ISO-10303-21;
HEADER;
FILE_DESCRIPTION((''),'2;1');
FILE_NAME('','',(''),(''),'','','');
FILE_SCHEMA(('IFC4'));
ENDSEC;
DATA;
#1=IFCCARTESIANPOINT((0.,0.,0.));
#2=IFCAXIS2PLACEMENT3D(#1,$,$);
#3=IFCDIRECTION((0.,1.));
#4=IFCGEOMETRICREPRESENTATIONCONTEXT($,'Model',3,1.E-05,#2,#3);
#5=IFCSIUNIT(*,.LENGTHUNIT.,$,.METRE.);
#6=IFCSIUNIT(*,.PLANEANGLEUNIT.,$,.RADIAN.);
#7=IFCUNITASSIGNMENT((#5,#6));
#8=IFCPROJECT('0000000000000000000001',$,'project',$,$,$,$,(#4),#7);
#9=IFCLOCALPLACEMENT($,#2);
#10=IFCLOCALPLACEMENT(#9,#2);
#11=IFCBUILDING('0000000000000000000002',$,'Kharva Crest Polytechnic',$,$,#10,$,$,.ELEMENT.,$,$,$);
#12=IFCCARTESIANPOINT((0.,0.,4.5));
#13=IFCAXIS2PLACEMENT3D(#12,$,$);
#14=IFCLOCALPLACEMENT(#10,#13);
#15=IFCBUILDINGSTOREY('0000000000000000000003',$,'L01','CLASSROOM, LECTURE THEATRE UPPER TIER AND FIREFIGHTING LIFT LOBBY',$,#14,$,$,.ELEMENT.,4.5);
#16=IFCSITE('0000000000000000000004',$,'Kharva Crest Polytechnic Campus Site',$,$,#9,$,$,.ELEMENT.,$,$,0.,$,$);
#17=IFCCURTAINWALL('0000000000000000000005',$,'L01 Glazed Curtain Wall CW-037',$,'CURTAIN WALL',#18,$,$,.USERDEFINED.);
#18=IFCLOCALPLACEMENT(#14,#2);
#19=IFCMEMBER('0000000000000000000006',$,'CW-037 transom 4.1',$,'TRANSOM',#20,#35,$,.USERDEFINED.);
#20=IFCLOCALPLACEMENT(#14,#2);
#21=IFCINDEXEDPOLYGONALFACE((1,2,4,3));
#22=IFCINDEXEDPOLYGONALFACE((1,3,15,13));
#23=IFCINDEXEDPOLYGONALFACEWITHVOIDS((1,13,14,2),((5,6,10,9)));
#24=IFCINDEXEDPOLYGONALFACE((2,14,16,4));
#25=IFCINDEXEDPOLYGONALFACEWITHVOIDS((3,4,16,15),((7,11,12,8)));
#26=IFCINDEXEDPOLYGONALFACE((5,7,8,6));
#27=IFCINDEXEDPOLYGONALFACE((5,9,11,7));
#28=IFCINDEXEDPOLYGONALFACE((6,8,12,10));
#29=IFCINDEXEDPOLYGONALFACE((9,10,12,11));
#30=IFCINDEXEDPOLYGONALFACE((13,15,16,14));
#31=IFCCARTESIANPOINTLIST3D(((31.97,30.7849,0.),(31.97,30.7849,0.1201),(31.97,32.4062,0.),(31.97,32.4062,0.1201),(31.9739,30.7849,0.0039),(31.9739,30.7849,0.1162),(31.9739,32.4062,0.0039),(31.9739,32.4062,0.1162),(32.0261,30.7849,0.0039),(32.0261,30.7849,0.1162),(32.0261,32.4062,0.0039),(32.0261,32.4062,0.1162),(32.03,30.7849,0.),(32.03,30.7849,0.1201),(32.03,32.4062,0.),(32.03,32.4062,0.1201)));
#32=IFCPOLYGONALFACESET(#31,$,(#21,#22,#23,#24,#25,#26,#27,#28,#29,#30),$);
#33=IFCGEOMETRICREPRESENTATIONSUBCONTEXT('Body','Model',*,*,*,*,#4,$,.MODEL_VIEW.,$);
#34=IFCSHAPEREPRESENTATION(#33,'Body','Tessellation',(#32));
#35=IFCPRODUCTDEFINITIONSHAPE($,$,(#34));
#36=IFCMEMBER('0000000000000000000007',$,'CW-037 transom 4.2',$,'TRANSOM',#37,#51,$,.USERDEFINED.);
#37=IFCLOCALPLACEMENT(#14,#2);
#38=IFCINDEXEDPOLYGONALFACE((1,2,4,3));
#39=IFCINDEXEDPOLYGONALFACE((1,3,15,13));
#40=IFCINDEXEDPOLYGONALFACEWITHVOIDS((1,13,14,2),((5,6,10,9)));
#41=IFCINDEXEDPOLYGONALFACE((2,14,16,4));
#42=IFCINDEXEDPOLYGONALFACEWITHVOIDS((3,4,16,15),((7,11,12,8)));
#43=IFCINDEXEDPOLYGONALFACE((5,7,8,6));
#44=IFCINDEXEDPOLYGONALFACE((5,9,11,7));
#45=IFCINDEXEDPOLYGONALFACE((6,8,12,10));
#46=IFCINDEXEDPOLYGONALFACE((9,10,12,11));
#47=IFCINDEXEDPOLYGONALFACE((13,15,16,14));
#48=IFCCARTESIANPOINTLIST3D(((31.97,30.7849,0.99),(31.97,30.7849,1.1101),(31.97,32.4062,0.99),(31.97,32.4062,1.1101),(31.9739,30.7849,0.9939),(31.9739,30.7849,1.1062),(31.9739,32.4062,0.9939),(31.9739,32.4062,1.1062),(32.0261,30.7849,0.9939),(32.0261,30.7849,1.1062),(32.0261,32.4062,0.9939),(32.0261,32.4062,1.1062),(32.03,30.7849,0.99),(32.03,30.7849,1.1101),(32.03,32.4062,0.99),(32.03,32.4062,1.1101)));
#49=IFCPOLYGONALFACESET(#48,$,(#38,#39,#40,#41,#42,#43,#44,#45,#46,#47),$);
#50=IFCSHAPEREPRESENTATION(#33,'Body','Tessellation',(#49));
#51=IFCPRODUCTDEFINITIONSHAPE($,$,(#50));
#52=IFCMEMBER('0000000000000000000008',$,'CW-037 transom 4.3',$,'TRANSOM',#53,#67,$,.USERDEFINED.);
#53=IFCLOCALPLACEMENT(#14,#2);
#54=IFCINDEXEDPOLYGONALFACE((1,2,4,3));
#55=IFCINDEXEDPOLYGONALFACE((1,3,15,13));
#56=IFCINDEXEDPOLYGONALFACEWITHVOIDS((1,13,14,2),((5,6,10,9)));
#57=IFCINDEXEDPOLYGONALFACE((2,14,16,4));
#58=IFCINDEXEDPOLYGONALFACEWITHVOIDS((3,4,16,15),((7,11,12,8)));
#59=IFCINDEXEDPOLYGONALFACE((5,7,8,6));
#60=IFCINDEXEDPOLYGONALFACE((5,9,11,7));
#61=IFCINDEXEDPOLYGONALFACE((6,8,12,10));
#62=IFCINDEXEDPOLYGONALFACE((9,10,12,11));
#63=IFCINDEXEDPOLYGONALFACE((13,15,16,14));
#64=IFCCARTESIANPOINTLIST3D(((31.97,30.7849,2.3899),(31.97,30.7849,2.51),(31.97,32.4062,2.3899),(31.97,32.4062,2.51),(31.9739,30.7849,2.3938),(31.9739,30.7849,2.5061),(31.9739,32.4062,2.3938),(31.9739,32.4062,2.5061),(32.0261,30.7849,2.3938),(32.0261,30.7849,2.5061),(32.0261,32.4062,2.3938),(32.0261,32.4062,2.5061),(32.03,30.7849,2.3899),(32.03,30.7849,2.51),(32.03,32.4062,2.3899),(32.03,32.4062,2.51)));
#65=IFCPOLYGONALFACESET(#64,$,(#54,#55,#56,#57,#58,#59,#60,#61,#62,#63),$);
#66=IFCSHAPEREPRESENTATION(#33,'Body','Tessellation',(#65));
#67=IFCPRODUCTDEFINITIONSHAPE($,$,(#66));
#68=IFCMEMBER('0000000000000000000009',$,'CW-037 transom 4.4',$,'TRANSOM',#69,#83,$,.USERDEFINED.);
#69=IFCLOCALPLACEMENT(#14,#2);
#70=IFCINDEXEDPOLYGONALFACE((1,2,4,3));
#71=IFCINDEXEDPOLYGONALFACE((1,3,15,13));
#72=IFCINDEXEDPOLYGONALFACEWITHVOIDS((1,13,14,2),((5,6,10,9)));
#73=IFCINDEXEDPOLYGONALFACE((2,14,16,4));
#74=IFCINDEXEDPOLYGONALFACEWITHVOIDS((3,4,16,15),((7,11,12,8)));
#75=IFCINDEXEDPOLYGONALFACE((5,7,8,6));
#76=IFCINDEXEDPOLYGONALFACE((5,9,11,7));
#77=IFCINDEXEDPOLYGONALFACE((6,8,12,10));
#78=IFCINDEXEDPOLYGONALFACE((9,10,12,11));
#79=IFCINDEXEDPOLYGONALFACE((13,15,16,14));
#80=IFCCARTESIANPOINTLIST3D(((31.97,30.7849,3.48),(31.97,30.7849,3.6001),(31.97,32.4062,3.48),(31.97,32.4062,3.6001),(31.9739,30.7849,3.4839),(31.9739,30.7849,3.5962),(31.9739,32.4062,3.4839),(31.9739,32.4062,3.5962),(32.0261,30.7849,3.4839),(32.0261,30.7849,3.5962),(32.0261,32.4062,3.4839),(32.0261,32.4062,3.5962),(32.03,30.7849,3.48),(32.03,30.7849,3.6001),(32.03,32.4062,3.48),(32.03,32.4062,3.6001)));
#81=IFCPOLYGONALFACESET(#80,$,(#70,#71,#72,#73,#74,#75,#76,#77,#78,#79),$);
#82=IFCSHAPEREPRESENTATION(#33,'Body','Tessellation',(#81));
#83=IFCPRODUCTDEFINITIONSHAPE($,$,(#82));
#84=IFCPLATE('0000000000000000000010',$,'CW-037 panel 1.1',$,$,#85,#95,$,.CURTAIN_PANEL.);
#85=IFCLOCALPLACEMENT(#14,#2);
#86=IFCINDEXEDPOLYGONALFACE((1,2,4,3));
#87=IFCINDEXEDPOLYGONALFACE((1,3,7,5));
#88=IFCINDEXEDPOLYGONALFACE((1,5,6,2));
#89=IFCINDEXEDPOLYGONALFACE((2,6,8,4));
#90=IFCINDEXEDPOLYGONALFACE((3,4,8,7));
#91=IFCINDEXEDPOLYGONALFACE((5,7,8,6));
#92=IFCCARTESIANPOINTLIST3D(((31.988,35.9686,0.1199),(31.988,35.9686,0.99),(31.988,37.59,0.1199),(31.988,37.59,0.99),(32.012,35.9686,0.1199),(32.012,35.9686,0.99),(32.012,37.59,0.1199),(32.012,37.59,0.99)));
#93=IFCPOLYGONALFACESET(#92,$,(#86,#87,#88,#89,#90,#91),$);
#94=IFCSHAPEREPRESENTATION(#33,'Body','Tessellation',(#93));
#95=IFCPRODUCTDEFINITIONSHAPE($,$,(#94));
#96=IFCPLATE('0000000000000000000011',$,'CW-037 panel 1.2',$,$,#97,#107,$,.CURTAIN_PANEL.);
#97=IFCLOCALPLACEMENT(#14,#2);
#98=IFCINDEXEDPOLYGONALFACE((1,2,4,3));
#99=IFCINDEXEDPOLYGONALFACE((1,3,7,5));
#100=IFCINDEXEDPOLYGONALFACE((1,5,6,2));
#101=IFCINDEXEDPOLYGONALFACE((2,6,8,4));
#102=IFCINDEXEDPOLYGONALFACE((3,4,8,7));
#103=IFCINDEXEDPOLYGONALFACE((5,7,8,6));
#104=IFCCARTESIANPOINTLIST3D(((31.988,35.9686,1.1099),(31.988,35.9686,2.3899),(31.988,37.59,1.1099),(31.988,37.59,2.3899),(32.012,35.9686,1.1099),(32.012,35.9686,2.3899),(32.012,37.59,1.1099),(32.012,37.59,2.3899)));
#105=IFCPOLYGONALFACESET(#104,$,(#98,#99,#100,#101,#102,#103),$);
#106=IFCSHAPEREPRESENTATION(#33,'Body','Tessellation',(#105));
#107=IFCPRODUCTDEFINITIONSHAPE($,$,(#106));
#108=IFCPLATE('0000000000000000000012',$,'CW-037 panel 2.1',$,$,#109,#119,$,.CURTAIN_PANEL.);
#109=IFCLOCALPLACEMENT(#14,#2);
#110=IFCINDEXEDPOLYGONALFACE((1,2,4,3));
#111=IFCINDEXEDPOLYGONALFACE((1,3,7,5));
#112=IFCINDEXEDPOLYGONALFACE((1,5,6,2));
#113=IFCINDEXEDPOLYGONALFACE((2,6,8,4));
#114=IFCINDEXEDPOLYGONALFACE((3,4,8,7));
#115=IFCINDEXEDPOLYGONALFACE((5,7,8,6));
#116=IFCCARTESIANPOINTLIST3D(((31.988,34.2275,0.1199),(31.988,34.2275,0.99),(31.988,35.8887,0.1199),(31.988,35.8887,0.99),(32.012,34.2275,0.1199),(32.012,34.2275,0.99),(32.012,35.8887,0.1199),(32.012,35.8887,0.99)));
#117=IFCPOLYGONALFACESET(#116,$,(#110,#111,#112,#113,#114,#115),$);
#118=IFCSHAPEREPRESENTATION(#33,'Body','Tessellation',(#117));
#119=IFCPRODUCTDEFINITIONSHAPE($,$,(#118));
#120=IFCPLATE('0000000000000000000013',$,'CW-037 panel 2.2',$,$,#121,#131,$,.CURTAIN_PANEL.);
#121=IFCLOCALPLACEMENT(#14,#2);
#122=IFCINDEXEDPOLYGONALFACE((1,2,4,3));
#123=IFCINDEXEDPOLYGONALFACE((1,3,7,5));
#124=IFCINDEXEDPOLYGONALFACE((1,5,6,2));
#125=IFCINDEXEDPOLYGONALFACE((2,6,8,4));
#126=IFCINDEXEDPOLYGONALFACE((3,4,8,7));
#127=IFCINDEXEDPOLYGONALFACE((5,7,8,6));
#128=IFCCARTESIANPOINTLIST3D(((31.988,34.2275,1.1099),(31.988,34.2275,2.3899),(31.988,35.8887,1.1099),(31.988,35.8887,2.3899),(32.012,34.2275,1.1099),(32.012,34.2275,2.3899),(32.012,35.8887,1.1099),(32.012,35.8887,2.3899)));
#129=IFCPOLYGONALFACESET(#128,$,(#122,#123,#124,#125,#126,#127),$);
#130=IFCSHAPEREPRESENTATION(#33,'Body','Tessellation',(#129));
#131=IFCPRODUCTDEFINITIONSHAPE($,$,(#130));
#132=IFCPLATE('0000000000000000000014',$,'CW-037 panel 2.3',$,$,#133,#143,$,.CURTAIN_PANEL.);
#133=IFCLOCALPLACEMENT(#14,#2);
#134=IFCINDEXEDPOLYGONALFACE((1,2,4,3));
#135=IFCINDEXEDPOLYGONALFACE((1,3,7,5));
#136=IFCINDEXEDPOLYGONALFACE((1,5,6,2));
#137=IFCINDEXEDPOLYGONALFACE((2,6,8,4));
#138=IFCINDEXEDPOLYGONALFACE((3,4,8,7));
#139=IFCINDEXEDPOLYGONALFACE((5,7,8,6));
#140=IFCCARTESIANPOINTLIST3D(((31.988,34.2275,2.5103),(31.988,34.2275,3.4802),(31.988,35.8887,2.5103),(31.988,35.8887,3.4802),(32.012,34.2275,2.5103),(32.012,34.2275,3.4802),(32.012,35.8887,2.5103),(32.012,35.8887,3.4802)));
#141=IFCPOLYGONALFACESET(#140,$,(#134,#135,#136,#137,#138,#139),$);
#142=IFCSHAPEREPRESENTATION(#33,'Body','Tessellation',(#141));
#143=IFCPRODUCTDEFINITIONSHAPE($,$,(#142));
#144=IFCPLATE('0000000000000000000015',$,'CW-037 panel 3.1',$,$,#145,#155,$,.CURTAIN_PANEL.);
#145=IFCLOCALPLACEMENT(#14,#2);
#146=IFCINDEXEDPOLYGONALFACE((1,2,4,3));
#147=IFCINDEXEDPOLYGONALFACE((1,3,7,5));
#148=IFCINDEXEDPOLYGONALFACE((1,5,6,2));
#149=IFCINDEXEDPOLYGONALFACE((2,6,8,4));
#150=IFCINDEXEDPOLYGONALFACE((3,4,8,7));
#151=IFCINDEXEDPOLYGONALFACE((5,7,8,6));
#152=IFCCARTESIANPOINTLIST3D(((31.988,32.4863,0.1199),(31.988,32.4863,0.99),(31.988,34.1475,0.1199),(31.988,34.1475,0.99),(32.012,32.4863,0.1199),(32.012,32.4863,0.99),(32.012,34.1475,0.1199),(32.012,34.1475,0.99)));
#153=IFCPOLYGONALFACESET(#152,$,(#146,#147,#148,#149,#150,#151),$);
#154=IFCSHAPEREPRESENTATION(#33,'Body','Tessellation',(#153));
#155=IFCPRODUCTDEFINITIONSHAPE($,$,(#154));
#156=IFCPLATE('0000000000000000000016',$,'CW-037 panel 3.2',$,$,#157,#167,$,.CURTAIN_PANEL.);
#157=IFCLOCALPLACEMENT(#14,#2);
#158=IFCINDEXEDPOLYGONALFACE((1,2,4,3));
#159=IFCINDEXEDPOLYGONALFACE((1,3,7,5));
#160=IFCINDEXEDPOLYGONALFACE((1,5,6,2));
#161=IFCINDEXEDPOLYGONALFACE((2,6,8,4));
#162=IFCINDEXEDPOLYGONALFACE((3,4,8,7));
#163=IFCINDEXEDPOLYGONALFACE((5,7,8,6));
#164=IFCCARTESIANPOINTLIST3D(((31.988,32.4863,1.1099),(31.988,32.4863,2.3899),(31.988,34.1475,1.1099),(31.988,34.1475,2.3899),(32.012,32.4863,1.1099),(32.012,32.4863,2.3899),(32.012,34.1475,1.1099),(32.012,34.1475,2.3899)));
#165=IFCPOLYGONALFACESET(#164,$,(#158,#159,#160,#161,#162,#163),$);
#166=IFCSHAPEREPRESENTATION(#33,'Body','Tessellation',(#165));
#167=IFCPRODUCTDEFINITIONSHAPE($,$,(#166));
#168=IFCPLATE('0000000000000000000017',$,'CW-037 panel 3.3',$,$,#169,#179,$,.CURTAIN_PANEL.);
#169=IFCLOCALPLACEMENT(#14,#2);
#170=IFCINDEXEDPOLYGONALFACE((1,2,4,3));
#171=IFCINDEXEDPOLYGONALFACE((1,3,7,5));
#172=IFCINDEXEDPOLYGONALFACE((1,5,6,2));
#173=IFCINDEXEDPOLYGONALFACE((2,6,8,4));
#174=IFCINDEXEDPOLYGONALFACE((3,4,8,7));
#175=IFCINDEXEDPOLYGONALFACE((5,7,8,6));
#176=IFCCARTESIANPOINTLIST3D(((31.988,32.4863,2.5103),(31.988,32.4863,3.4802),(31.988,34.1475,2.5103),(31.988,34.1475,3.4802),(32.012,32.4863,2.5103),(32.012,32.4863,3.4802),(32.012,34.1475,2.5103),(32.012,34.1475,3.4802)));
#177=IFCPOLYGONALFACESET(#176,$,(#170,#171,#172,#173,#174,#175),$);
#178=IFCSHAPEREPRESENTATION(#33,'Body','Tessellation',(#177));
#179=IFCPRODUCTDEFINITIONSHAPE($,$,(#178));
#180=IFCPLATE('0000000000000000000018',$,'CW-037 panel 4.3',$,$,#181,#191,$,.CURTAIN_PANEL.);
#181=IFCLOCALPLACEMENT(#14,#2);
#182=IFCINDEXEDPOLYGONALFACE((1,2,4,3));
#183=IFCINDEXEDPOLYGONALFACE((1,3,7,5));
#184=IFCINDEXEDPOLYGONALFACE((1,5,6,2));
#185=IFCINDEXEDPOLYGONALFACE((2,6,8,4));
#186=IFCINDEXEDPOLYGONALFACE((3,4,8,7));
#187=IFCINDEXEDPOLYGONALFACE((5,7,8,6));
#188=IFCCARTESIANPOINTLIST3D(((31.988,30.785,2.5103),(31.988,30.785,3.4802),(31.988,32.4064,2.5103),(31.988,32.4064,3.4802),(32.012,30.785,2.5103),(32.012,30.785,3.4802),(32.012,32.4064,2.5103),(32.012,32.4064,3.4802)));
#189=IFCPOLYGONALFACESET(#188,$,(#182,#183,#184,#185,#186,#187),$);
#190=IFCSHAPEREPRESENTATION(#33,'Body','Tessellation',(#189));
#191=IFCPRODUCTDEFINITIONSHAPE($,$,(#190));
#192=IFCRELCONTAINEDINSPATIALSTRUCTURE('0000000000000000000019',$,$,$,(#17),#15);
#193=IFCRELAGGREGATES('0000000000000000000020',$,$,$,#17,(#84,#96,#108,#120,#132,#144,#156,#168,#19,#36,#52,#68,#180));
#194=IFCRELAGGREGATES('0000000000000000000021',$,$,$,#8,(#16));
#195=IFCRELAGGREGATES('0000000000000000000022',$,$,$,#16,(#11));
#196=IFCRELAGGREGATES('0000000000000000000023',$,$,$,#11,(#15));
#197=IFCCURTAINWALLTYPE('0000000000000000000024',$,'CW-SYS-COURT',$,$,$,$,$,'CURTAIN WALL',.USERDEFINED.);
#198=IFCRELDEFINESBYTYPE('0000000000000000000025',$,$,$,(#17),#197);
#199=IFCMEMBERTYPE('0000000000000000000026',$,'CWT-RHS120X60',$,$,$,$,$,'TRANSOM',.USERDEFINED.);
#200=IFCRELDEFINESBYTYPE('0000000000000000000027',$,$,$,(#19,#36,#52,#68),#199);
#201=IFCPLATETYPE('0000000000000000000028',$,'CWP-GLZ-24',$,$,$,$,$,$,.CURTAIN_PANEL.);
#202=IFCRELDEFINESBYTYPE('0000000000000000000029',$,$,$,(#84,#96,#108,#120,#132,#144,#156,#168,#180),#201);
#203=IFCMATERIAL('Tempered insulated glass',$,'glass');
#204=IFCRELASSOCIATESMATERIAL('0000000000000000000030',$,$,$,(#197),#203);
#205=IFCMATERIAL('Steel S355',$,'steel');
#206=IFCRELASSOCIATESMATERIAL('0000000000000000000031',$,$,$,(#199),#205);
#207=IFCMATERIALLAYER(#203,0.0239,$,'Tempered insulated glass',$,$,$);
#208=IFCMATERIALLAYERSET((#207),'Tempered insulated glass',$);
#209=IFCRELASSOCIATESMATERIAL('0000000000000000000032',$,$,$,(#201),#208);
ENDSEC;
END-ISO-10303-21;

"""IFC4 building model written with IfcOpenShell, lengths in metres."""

from ifc_helpers import new_model, si_unit, direction, frame, origin, origin_2d, place, context, subcontext, project, spatial, rectangle, hollow_rectangle, extrude, material, layer, layer_set, material_profile, profile_set, type_object, element, aggregate, save


model = new_model("IFC4")

# Units and contexts
model_context = context("Model", 3, precision=1e-05, world=origin(), true_north=direction((0.0, 1.0)))
body_context = subcontext(model_context, "Body", "Model", "MODEL_VIEW")
ifc_project = project(units=[si_unit("LENGTHUNIT", "METRE"), si_unit("PLANEANGLEUNIT", "RADIAN")], contexts=[model_context])

# Site, building, storey
site_placement = place(None, origin())
site = spatial("IfcSite", under=ifc_project, at=site_placement, Name="Kharva Crest Polytechnic Campus Site", CompositionType="ELEMENT", RefElevation=0.0)
building_placement = place(site_placement, origin())
building = spatial("IfcBuilding", under=site, at=building_placement, Name="Kharva Crest Polytechnic", CompositionType="ELEMENT")
storey_placement = place(building_placement, frame((0.0, 0.0, 4.5)))
storey = spatial("IfcBuildingStorey", under=building, at=storey_placement, Name="L01", Description="CLASSROOM, LECTURE THEATRE UPPER TIER AND FIREFIGHTING LIFT LOBBY", CompositionType="ELEMENT", Elevation=4.5)

# Curtain wall, members, plates
ifc_material_1 = material(Name="Tempered insulated glass", Category="glass")
curtain_wall_type = type_object("IfcCurtainWallType", Name="CW-SYS-COURT", ElementType="CURTAIN WALL", PredefinedType="USERDEFINED", material=ifc_material_1)
curtain_wall_placement = place(storey_placement, origin())
curtain_wall = element("IfcCurtainWall", 1, at=curtain_wall_placement, inside=storey, type_object=curtain_wall_type, Name="L01 Glazed Curtain Wall CW-037", ObjectType="CURTAIN WALL", PredefinedType="USERDEFINED")
ifc_material_2 = material(Name="Steel S355", Category="steel")
ifc_material_profile_1 = material_profile(ifc_material_2, hollow_rectangle(XDim=0.0601, YDim=0.1201, WallThickness=0.0039, at=origin_2d()), Name="RHS 120X60X4.0")
ifc_profile_set_1 = profile_set([ifc_material_profile_1], Name="Steel S355")
member_type_1 = type_object("IfcMemberType", Name="CWT-RHS120X60", ElementType="TRANSOM", PredefinedType="USERDEFINED", material=ifc_profile_set_1)
member_1_placement = place(storey_placement, frame((32.0, 32.4062, 0.0601), z_axis=(0.0, -1.0, 0.0), x_axis=(1.0, 0.0, 0.0)))
member_1 = element("IfcMember", 2, at=member_1_placement, type_object=member_type_1, Name="CW-037 transom 4.1", ObjectType="TRANSOM", PredefinedType="USERDEFINED", context=body_context, shape_type="SweptSolid", body=[
    extrude(hollow_rectangle(XDim=0.0601, YDim=0.1201, WallThickness=0.0039, at=origin_2d()), origin(), (0.0, 0.0, 1.0), 1.6213),
])
member_2_placement = place(storey_placement, frame((32.0, 32.4062, 1.05), z_axis=(0.0, -1.0, 0.0), x_axis=(1.0, 0.0, 0.0)))
member_2 = element("IfcMember", 3, at=member_2_placement, type_object=member_type_1, Name="CW-037 transom 4.2", ObjectType="TRANSOM", PredefinedType="USERDEFINED", context=body_context, shape_type="SweptSolid", body=[
    extrude(hollow_rectangle(XDim=0.0601, YDim=0.1201, WallThickness=0.0039, at=origin_2d()), origin(), (0.0, 0.0, 1.0), 1.6213),
])
member_3_placement = place(storey_placement, frame((32.0, 32.4062, 2.45), z_axis=(0.0, -1.0, 0.0), x_axis=(1.0, 0.0, 0.0)))
member_3 = element("IfcMember", 4, at=member_3_placement, type_object=member_type_1, Name="CW-037 transom 4.3", ObjectType="TRANSOM", PredefinedType="USERDEFINED", context=body_context, shape_type="SweptSolid", body=[
    extrude(hollow_rectangle(XDim=0.0601, YDim=0.1201, WallThickness=0.0039, at=origin_2d()), origin(), (0.0, 0.0, 1.0), 1.6213),
])
member_4_placement = place(storey_placement, frame((32.0, 32.4062, 3.54), z_axis=(0.0, -1.0, 0.0), x_axis=(1.0, 0.0, 0.0)))
member_4 = element("IfcMember", 5, at=member_4_placement, type_object=member_type_1, Name="CW-037 transom 4.4", ObjectType="TRANSOM", PredefinedType="USERDEFINED", context=body_context, shape_type="SweptSolid", body=[
    extrude(hollow_rectangle(XDim=0.0601, YDim=0.1201, WallThickness=0.0039, at=origin_2d()), origin(), (0.0, 0.0, 1.0), 1.6213),
])
ifc_layer = layer(ifc_material_1, 0.0239, Name="Tempered insulated glass")
ifc_layer_set = layer_set([ifc_layer], Name="Tempered insulated glass")
plate_type = type_object("IfcPlateType", Name="CWP-GLZ-24", PredefinedType="CURTAIN_PANEL", material=ifc_layer_set)
plate_1_placement = place(storey_placement, frame((32.0, 36.7793, 0.1199), z_axis=(0.0, 0.0, 1.0), x_axis=(0.0, -1.0, 0.0)))
plate_1 = element("IfcPlate", 6, at=plate_1_placement, type_object=plate_type, Name="CW-037 panel 1.1", PredefinedType="CURTAIN_PANEL", context=body_context, shape_type="SweptSolid", body=[
    extrude(rectangle(XDim=1.6213, YDim=0.0239, at=origin_2d()), origin(), (0.0, 0.0, 1.0), 0.8701),
])
plate_2_placement = place(storey_placement, frame((32.0, 36.7793, 1.1099), z_axis=(0.0, 0.0, 1.0), x_axis=(0.0, -1.0, 0.0)))
plate_2 = element("IfcPlate", 7, at=plate_2_placement, type_object=plate_type, Name="CW-037 panel 1.2", PredefinedType="CURTAIN_PANEL", context=body_context, shape_type="SweptSolid", body=[
    extrude(rectangle(XDim=1.6213, YDim=0.0239, at=origin_2d()), origin(), (0.0, 0.0, 1.0), 1.28),
])
plate_3_placement = place(storey_placement, frame((32.0, 35.0581, 0.1199), z_axis=(0.0, 0.0, 1.0), x_axis=(0.0, -1.0, 0.0)))
plate_3 = element("IfcPlate", 8, at=plate_3_placement, type_object=plate_type, Name="CW-037 panel 2.1", PredefinedType="CURTAIN_PANEL", context=body_context, shape_type="SweptSolid", body=[
    extrude(rectangle(XDim=1.6611, YDim=0.0239, at=origin_2d()), origin(), (0.0, 0.0, 1.0), 0.8701),
])
plate_4_placement = place(storey_placement, frame((32.0, 35.0581, 1.1099), z_axis=(0.0, 0.0, 1.0), x_axis=(0.0, -1.0, 0.0)))
plate_4 = element("IfcPlate", 9, at=plate_4_placement, type_object=plate_type, Name="CW-037 panel 2.2", PredefinedType="CURTAIN_PANEL", context=body_context, shape_type="SweptSolid", body=[
    extrude(rectangle(XDim=1.6611, YDim=0.0239, at=origin_2d()), origin(), (0.0, 0.0, 1.0), 1.28),
])
plate_5_placement = place(storey_placement, frame((32.0, 35.0581, 2.5103), z_axis=(0.0, 0.0, 1.0), x_axis=(0.0, -1.0, 0.0)))
plate_5 = element("IfcPlate", 10, at=plate_5_placement, type_object=plate_type, Name="CW-037 panel 2.3", PredefinedType="CURTAIN_PANEL", context=body_context, shape_type="SweptSolid", body=[
    extrude(rectangle(XDim=1.6611, YDim=0.0239, at=origin_2d()), origin(), (0.0, 0.0, 1.0), 0.97),
])
plate_6_placement = place(storey_placement, frame((32.0, 33.3169, 0.1199), z_axis=(0.0, 0.0, 1.0), x_axis=(0.0, -1.0, 0.0)))
plate_6 = element("IfcPlate", 11, at=plate_6_placement, type_object=plate_type, Name="CW-037 panel 3.1", PredefinedType="CURTAIN_PANEL", context=body_context, shape_type="SweptSolid", body=[
    extrude(rectangle(XDim=1.6611, YDim=0.0239, at=origin_2d()), origin(), (0.0, 0.0, 1.0), 0.8701),
])
plate_7_placement = place(storey_placement, frame((32.0, 33.3169, 1.1099), z_axis=(0.0, 0.0, 1.0), x_axis=(0.0, -1.0, 0.0)))
plate_7 = element("IfcPlate", 12, at=plate_7_placement, type_object=plate_type, Name="CW-037 panel 3.2", PredefinedType="CURTAIN_PANEL", context=body_context, shape_type="SweptSolid", body=[
    extrude(rectangle(XDim=1.6611, YDim=0.0239, at=origin_2d()), origin(), (0.0, 0.0, 1.0), 1.28),
])
plate_8_placement = place(storey_placement, frame((32.0, 33.3169, 2.5103), z_axis=(0.0, 0.0, 1.0), x_axis=(0.0, -1.0, 0.0)))
plate_8 = element("IfcPlate", 13, at=plate_8_placement, type_object=plate_type, Name="CW-037 panel 3.3", PredefinedType="CURTAIN_PANEL", context=body_context, shape_type="SweptSolid", body=[
    extrude(rectangle(XDim=1.6611, YDim=0.0239, at=origin_2d()), origin(), (0.0, 0.0, 1.0), 0.97),
])
plate_9_placement = place(storey_placement, frame((32.0, 31.5957, 2.5103), z_axis=(0.0, 0.0, 1.0), x_axis=(0.0, -1.0, 0.0)))
plate_9 = element("IfcPlate", 14, at=plate_9_placement, type_object=plate_type, Name="CW-037 panel 4.3", PredefinedType="CURTAIN_PANEL", context=body_context, shape_type="SweptSolid", body=[
    extrude(rectangle(XDim=1.6213, YDim=0.0239, at=origin_2d()), origin(), (0.0, 0.0, 1.0), 0.97),
])
aggregate(curtain_wall, [plate_1, plate_2, plate_3, plate_4, plate_5, plate_6, plate_7, plate_8, member_1, member_2, member_3, member_4, plate_9])

save(model, "model.ifc")
